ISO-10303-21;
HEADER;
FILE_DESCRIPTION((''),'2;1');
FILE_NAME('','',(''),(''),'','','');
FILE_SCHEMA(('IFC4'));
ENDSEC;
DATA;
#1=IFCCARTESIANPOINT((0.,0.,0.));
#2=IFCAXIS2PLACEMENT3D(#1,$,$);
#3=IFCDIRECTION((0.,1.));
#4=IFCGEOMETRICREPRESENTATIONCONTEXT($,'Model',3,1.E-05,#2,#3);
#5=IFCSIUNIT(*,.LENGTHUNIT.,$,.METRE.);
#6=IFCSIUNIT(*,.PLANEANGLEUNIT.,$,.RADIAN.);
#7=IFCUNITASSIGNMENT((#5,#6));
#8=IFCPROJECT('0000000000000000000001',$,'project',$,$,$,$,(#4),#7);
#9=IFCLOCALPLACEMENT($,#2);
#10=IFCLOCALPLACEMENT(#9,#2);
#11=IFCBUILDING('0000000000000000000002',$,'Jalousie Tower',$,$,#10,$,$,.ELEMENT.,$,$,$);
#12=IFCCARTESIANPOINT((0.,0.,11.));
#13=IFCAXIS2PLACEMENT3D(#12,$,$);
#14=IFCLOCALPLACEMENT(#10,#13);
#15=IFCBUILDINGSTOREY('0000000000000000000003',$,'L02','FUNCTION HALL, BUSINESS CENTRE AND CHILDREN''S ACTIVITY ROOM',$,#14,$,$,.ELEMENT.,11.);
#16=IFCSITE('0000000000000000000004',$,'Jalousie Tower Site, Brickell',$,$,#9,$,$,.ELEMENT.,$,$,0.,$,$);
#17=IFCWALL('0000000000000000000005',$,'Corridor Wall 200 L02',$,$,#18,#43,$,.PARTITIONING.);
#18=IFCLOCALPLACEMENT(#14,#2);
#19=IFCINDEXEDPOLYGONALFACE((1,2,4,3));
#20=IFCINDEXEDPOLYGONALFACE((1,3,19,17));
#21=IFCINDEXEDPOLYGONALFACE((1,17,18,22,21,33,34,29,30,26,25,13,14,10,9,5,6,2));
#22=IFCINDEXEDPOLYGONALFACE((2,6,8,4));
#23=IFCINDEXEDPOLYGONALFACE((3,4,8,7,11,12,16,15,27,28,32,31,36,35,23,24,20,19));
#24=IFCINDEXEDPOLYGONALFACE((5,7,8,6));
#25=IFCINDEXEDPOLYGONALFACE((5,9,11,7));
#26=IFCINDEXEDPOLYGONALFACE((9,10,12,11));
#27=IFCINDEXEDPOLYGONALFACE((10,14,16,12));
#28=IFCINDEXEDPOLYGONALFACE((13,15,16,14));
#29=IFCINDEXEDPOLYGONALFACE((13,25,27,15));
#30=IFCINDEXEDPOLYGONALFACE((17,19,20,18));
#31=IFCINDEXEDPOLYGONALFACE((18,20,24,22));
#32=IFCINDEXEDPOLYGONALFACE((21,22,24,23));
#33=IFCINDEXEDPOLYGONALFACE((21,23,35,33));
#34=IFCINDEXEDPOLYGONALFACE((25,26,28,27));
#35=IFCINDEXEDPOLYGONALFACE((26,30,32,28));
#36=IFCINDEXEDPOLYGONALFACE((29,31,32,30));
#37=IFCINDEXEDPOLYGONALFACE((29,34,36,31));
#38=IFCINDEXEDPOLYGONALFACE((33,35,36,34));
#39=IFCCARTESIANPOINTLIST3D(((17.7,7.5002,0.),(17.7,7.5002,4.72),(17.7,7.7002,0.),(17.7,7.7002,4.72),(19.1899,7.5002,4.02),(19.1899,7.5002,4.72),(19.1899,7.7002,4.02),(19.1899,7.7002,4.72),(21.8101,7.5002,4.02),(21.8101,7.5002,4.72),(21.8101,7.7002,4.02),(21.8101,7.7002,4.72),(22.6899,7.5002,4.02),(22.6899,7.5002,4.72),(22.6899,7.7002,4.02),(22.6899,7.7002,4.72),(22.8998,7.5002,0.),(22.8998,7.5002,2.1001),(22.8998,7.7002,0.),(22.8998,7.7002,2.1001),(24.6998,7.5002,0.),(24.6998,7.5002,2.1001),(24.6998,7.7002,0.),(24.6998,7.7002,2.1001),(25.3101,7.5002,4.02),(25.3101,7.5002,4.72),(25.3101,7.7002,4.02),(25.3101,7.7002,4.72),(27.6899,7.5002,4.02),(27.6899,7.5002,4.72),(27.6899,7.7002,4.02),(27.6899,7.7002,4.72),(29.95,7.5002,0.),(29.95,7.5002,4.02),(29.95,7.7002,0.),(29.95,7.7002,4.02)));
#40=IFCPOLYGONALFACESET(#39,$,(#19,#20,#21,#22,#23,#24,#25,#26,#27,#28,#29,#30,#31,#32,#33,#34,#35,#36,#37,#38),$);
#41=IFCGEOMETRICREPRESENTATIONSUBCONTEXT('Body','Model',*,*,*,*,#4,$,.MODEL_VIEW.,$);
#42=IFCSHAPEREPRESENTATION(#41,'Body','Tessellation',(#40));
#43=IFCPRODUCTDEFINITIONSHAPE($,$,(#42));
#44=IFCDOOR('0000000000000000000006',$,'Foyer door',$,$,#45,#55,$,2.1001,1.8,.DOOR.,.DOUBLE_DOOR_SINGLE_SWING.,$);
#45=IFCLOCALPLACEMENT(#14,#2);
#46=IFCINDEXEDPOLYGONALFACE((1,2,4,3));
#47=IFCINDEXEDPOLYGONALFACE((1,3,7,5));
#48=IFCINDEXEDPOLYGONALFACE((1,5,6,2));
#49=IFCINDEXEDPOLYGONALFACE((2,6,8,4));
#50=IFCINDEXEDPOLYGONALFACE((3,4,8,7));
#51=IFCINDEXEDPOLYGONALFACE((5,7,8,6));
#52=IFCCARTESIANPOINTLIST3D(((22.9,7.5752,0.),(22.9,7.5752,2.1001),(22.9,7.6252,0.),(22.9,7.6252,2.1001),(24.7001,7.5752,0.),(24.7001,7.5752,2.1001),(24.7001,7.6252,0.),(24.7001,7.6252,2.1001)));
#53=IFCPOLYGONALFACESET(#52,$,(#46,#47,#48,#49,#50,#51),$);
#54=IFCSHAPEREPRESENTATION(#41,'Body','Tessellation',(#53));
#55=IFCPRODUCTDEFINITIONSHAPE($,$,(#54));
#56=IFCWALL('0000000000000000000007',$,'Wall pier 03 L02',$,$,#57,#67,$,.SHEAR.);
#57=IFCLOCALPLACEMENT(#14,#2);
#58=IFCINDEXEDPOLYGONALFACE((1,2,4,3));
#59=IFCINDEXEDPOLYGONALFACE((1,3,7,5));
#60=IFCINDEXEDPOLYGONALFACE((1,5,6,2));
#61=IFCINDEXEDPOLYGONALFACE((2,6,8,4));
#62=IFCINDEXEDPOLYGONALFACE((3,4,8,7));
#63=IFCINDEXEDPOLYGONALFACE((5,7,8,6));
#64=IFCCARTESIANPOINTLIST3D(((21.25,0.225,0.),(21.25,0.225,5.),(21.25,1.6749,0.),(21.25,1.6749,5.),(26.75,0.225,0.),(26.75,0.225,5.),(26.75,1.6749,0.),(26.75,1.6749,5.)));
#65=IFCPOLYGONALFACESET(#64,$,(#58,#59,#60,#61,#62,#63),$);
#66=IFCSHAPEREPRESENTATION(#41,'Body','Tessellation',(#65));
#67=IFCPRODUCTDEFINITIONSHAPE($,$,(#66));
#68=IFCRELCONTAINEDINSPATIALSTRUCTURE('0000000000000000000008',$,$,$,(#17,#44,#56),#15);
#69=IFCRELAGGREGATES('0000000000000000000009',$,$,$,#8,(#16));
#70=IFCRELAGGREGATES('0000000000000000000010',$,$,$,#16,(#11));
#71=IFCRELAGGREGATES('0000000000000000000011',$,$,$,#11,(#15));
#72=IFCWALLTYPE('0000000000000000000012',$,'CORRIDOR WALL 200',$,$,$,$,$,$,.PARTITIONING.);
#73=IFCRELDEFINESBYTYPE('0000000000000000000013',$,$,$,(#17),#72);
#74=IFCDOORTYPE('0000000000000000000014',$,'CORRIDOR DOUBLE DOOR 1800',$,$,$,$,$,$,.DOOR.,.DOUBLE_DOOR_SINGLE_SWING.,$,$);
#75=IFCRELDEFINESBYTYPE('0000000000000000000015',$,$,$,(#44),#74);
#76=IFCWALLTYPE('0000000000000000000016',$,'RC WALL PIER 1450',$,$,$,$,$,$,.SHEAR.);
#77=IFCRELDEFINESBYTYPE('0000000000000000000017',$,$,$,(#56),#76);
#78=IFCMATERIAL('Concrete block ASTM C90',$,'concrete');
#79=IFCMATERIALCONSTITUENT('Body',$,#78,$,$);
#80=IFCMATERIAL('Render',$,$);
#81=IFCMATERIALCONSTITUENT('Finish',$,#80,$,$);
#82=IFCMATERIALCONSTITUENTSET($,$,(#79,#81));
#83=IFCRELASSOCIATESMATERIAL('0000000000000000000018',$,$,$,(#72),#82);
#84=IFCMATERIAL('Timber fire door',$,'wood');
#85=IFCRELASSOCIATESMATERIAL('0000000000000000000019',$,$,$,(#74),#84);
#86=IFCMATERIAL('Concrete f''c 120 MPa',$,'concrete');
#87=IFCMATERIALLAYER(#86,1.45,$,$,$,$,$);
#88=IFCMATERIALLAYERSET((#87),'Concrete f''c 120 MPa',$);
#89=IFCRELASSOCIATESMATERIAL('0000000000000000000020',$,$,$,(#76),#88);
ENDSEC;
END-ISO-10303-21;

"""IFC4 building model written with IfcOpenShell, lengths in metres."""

from ifc_helpers import new_model, si_unit, direction, frame, frame_2d, origin, place, context, subcontext, project, spatial, polyline, rectangle, outline, extrude, material, layer, layer_set, constituent, constituent_set, type_object, element, fill, save


model = new_model("IFC4")

# Units and contexts
model_context = context("Model", 3, precision=1e-05, world=origin(), true_north=direction((0.0, 1.0)))
body_context = subcontext(model_context, "Body", "Model", "MODEL_VIEW")
ifc_project = project(units=[si_unit("LENGTHUNIT", "METRE"), si_unit("PLANEANGLEUNIT", "RADIAN")], contexts=[model_context])

# Site, building, storey
site_placement = place(None, origin())
site = spatial("IfcSite", under=ifc_project, at=site_placement, Name="Jalousie Tower Site, Brickell", CompositionType="ELEMENT", RefElevation=0.0)
building_placement = place(site_placement, origin())
building = spatial("IfcBuilding", under=site, at=building_placement, Name="Jalousie Tower", CompositionType="ELEMENT")
storey_placement = place(building_placement, frame((0.0, 0.0, 11.0)))
storey = spatial("IfcBuildingStorey", under=building, at=storey_placement, Name="L02", Description="FUNCTION HALL, BUSINESS CENTRE AND CHILDREN'S ACTIVITY ROOM", CompositionType="ELEMENT", Elevation=11.0)

# Shared definitions
ifc_material_1 = material(Name="Concrete block ASTM C90", Category="concrete")
ifc_constituent_1 = constituent(ifc_material_1, Name="Body")
ifc_material_2 = material(Name="Render")
ifc_constituent_2 = constituent(ifc_material_2, Name="Finish")
ifc_constituent_set = constituent_set(constituents=[ifc_constituent_1, ifc_constituent_2])
wall_type_1 = type_object("IfcWallType", Name="CORRIDOR WALL 200", PredefinedType="PARTITIONING", material=ifc_constituent_set)

# Wall, opening, door
ifc_material_3 = material(Name="Timber fire door", Category="wood")
door_type_1 = type_object("IfcDoorType", Name="CORRIDOR DOUBLE DOOR 1800", OperationType="DOUBLE_DOOR_SINGLE_SWING", PredefinedType="DOOR", material=ifc_material_3)
wall_1_placement = place(storey_placement, frame((17.7, 7.6001, 0.0), z_axis=(0.0, 0.0, 1.0), x_axis=(1.0, 0.0, 0.0)))
wall_1 = element("IfcWall", 1, at=wall_1_placement, inside=storey, type_object=wall_type_1, Name="Corridor Wall 200 L02", PredefinedType="PARTITIONING", context=body_context, shape_type="SweptSolid", body=[
    extrude(outline(polyline([(0.0, 0.0), (12.25, 0.0), (12.25, 4.72), (12.25, 4.02), (9.99, 4.02), (9.99, 4.72), (7.6101, 4.72), (7.6101, 4.02), (4.99, 4.02), (4.99, 4.72), (4.1101, 4.72), (4.1101, 4.02), (1.49, 4.02), (1.49, 4.72), (0.0, 4.72), (0.0, 0.0)])), frame((0.0, 0.1001, 0.0), z_axis=(0.0, -1.0, 0.0), x_axis=(1.0, 0.0, 0.0)), (0.0, 0.0, 1.0), 0.2),
])
opening_1_placement = place(wall_1_placement, frame((5.2, 0.0, 0.0)))
opening_1 = element("IfcOpeningElement", 2, at=opening_1_placement, cuts=wall_1, PredefinedType="OPENING", context=body_context, shape_type="SweptSolid", body=[
    extrude(rectangle(XDim=1.8, YDim=2.1001, at=frame_2d((0.8999, 1.05))), frame((0.0, 0.1099, 0.0), z_axis=(0.0, -1.0, 0.0), x_axis=(1.0, 0.0, 0.0)), (0.0, 0.0, 1.0), 0.22),
])
door_1_placement = place(opening_1_placement, frame((1.8, 0.0, 0.0), z_axis=(0.0, 0.0, 1.0), x_axis=(-1.0, 0.0, 0.0)))
door_1 = element("IfcDoor", 3, at=door_1_placement, inside=storey, type_object=door_type_1, Name="Foyer door", OperationType="DOUBLE_DOOR_SINGLE_SWING", OverallHeight=2.1001, OverallWidth=1.8, PredefinedType="DOOR", context=body_context, shape_type="SweptSolid", body=[
    extrude(rectangle(XDim=1.8, YDim=2.1001, at=frame_2d((0.8999, 1.05))), frame((0.0, 0.0249, 0.0), z_axis=(0.0, -1.0, 0.0), x_axis=(1.0, 0.0, 0.0)), (0.0, 0.0, 1.0), 0.05),
])
fill(opening_1, door_1)

# Wall
ifc_material_4 = material(Name="Concrete f'c 120 MPa", Category="concrete")
ifc_layer_1 = layer(ifc_material_4, 1.45)
ifc_layer_set_1 = layer_set([ifc_layer_1], Name="Concrete f'c 120 MPa")
wall_type_2 = type_object("IfcWallType", Name="RC WALL PIER 1450", PredefinedType="SHEAR", material=ifc_layer_set_1)
wall_2_placement = place(storey_placement, frame((21.25, 0.95, 0.0), z_axis=(0.0, 0.0, 1.0), x_axis=(1.0, 0.0, 0.0)))
element("IfcWall", 4, at=wall_2_placement, inside=storey, type_object=wall_type_2, Name="Wall pier 03 L02", PredefinedType="SHEAR", context=body_context, shape_type="SweptSolid", body=[
    extrude(rectangle(XDim=5.5, YDim=1.45, at=frame_2d((2.75, 0.0))), origin(), (0.0, 0.0, 1.0), 5.0),
])

save(model, "model.ifc")
